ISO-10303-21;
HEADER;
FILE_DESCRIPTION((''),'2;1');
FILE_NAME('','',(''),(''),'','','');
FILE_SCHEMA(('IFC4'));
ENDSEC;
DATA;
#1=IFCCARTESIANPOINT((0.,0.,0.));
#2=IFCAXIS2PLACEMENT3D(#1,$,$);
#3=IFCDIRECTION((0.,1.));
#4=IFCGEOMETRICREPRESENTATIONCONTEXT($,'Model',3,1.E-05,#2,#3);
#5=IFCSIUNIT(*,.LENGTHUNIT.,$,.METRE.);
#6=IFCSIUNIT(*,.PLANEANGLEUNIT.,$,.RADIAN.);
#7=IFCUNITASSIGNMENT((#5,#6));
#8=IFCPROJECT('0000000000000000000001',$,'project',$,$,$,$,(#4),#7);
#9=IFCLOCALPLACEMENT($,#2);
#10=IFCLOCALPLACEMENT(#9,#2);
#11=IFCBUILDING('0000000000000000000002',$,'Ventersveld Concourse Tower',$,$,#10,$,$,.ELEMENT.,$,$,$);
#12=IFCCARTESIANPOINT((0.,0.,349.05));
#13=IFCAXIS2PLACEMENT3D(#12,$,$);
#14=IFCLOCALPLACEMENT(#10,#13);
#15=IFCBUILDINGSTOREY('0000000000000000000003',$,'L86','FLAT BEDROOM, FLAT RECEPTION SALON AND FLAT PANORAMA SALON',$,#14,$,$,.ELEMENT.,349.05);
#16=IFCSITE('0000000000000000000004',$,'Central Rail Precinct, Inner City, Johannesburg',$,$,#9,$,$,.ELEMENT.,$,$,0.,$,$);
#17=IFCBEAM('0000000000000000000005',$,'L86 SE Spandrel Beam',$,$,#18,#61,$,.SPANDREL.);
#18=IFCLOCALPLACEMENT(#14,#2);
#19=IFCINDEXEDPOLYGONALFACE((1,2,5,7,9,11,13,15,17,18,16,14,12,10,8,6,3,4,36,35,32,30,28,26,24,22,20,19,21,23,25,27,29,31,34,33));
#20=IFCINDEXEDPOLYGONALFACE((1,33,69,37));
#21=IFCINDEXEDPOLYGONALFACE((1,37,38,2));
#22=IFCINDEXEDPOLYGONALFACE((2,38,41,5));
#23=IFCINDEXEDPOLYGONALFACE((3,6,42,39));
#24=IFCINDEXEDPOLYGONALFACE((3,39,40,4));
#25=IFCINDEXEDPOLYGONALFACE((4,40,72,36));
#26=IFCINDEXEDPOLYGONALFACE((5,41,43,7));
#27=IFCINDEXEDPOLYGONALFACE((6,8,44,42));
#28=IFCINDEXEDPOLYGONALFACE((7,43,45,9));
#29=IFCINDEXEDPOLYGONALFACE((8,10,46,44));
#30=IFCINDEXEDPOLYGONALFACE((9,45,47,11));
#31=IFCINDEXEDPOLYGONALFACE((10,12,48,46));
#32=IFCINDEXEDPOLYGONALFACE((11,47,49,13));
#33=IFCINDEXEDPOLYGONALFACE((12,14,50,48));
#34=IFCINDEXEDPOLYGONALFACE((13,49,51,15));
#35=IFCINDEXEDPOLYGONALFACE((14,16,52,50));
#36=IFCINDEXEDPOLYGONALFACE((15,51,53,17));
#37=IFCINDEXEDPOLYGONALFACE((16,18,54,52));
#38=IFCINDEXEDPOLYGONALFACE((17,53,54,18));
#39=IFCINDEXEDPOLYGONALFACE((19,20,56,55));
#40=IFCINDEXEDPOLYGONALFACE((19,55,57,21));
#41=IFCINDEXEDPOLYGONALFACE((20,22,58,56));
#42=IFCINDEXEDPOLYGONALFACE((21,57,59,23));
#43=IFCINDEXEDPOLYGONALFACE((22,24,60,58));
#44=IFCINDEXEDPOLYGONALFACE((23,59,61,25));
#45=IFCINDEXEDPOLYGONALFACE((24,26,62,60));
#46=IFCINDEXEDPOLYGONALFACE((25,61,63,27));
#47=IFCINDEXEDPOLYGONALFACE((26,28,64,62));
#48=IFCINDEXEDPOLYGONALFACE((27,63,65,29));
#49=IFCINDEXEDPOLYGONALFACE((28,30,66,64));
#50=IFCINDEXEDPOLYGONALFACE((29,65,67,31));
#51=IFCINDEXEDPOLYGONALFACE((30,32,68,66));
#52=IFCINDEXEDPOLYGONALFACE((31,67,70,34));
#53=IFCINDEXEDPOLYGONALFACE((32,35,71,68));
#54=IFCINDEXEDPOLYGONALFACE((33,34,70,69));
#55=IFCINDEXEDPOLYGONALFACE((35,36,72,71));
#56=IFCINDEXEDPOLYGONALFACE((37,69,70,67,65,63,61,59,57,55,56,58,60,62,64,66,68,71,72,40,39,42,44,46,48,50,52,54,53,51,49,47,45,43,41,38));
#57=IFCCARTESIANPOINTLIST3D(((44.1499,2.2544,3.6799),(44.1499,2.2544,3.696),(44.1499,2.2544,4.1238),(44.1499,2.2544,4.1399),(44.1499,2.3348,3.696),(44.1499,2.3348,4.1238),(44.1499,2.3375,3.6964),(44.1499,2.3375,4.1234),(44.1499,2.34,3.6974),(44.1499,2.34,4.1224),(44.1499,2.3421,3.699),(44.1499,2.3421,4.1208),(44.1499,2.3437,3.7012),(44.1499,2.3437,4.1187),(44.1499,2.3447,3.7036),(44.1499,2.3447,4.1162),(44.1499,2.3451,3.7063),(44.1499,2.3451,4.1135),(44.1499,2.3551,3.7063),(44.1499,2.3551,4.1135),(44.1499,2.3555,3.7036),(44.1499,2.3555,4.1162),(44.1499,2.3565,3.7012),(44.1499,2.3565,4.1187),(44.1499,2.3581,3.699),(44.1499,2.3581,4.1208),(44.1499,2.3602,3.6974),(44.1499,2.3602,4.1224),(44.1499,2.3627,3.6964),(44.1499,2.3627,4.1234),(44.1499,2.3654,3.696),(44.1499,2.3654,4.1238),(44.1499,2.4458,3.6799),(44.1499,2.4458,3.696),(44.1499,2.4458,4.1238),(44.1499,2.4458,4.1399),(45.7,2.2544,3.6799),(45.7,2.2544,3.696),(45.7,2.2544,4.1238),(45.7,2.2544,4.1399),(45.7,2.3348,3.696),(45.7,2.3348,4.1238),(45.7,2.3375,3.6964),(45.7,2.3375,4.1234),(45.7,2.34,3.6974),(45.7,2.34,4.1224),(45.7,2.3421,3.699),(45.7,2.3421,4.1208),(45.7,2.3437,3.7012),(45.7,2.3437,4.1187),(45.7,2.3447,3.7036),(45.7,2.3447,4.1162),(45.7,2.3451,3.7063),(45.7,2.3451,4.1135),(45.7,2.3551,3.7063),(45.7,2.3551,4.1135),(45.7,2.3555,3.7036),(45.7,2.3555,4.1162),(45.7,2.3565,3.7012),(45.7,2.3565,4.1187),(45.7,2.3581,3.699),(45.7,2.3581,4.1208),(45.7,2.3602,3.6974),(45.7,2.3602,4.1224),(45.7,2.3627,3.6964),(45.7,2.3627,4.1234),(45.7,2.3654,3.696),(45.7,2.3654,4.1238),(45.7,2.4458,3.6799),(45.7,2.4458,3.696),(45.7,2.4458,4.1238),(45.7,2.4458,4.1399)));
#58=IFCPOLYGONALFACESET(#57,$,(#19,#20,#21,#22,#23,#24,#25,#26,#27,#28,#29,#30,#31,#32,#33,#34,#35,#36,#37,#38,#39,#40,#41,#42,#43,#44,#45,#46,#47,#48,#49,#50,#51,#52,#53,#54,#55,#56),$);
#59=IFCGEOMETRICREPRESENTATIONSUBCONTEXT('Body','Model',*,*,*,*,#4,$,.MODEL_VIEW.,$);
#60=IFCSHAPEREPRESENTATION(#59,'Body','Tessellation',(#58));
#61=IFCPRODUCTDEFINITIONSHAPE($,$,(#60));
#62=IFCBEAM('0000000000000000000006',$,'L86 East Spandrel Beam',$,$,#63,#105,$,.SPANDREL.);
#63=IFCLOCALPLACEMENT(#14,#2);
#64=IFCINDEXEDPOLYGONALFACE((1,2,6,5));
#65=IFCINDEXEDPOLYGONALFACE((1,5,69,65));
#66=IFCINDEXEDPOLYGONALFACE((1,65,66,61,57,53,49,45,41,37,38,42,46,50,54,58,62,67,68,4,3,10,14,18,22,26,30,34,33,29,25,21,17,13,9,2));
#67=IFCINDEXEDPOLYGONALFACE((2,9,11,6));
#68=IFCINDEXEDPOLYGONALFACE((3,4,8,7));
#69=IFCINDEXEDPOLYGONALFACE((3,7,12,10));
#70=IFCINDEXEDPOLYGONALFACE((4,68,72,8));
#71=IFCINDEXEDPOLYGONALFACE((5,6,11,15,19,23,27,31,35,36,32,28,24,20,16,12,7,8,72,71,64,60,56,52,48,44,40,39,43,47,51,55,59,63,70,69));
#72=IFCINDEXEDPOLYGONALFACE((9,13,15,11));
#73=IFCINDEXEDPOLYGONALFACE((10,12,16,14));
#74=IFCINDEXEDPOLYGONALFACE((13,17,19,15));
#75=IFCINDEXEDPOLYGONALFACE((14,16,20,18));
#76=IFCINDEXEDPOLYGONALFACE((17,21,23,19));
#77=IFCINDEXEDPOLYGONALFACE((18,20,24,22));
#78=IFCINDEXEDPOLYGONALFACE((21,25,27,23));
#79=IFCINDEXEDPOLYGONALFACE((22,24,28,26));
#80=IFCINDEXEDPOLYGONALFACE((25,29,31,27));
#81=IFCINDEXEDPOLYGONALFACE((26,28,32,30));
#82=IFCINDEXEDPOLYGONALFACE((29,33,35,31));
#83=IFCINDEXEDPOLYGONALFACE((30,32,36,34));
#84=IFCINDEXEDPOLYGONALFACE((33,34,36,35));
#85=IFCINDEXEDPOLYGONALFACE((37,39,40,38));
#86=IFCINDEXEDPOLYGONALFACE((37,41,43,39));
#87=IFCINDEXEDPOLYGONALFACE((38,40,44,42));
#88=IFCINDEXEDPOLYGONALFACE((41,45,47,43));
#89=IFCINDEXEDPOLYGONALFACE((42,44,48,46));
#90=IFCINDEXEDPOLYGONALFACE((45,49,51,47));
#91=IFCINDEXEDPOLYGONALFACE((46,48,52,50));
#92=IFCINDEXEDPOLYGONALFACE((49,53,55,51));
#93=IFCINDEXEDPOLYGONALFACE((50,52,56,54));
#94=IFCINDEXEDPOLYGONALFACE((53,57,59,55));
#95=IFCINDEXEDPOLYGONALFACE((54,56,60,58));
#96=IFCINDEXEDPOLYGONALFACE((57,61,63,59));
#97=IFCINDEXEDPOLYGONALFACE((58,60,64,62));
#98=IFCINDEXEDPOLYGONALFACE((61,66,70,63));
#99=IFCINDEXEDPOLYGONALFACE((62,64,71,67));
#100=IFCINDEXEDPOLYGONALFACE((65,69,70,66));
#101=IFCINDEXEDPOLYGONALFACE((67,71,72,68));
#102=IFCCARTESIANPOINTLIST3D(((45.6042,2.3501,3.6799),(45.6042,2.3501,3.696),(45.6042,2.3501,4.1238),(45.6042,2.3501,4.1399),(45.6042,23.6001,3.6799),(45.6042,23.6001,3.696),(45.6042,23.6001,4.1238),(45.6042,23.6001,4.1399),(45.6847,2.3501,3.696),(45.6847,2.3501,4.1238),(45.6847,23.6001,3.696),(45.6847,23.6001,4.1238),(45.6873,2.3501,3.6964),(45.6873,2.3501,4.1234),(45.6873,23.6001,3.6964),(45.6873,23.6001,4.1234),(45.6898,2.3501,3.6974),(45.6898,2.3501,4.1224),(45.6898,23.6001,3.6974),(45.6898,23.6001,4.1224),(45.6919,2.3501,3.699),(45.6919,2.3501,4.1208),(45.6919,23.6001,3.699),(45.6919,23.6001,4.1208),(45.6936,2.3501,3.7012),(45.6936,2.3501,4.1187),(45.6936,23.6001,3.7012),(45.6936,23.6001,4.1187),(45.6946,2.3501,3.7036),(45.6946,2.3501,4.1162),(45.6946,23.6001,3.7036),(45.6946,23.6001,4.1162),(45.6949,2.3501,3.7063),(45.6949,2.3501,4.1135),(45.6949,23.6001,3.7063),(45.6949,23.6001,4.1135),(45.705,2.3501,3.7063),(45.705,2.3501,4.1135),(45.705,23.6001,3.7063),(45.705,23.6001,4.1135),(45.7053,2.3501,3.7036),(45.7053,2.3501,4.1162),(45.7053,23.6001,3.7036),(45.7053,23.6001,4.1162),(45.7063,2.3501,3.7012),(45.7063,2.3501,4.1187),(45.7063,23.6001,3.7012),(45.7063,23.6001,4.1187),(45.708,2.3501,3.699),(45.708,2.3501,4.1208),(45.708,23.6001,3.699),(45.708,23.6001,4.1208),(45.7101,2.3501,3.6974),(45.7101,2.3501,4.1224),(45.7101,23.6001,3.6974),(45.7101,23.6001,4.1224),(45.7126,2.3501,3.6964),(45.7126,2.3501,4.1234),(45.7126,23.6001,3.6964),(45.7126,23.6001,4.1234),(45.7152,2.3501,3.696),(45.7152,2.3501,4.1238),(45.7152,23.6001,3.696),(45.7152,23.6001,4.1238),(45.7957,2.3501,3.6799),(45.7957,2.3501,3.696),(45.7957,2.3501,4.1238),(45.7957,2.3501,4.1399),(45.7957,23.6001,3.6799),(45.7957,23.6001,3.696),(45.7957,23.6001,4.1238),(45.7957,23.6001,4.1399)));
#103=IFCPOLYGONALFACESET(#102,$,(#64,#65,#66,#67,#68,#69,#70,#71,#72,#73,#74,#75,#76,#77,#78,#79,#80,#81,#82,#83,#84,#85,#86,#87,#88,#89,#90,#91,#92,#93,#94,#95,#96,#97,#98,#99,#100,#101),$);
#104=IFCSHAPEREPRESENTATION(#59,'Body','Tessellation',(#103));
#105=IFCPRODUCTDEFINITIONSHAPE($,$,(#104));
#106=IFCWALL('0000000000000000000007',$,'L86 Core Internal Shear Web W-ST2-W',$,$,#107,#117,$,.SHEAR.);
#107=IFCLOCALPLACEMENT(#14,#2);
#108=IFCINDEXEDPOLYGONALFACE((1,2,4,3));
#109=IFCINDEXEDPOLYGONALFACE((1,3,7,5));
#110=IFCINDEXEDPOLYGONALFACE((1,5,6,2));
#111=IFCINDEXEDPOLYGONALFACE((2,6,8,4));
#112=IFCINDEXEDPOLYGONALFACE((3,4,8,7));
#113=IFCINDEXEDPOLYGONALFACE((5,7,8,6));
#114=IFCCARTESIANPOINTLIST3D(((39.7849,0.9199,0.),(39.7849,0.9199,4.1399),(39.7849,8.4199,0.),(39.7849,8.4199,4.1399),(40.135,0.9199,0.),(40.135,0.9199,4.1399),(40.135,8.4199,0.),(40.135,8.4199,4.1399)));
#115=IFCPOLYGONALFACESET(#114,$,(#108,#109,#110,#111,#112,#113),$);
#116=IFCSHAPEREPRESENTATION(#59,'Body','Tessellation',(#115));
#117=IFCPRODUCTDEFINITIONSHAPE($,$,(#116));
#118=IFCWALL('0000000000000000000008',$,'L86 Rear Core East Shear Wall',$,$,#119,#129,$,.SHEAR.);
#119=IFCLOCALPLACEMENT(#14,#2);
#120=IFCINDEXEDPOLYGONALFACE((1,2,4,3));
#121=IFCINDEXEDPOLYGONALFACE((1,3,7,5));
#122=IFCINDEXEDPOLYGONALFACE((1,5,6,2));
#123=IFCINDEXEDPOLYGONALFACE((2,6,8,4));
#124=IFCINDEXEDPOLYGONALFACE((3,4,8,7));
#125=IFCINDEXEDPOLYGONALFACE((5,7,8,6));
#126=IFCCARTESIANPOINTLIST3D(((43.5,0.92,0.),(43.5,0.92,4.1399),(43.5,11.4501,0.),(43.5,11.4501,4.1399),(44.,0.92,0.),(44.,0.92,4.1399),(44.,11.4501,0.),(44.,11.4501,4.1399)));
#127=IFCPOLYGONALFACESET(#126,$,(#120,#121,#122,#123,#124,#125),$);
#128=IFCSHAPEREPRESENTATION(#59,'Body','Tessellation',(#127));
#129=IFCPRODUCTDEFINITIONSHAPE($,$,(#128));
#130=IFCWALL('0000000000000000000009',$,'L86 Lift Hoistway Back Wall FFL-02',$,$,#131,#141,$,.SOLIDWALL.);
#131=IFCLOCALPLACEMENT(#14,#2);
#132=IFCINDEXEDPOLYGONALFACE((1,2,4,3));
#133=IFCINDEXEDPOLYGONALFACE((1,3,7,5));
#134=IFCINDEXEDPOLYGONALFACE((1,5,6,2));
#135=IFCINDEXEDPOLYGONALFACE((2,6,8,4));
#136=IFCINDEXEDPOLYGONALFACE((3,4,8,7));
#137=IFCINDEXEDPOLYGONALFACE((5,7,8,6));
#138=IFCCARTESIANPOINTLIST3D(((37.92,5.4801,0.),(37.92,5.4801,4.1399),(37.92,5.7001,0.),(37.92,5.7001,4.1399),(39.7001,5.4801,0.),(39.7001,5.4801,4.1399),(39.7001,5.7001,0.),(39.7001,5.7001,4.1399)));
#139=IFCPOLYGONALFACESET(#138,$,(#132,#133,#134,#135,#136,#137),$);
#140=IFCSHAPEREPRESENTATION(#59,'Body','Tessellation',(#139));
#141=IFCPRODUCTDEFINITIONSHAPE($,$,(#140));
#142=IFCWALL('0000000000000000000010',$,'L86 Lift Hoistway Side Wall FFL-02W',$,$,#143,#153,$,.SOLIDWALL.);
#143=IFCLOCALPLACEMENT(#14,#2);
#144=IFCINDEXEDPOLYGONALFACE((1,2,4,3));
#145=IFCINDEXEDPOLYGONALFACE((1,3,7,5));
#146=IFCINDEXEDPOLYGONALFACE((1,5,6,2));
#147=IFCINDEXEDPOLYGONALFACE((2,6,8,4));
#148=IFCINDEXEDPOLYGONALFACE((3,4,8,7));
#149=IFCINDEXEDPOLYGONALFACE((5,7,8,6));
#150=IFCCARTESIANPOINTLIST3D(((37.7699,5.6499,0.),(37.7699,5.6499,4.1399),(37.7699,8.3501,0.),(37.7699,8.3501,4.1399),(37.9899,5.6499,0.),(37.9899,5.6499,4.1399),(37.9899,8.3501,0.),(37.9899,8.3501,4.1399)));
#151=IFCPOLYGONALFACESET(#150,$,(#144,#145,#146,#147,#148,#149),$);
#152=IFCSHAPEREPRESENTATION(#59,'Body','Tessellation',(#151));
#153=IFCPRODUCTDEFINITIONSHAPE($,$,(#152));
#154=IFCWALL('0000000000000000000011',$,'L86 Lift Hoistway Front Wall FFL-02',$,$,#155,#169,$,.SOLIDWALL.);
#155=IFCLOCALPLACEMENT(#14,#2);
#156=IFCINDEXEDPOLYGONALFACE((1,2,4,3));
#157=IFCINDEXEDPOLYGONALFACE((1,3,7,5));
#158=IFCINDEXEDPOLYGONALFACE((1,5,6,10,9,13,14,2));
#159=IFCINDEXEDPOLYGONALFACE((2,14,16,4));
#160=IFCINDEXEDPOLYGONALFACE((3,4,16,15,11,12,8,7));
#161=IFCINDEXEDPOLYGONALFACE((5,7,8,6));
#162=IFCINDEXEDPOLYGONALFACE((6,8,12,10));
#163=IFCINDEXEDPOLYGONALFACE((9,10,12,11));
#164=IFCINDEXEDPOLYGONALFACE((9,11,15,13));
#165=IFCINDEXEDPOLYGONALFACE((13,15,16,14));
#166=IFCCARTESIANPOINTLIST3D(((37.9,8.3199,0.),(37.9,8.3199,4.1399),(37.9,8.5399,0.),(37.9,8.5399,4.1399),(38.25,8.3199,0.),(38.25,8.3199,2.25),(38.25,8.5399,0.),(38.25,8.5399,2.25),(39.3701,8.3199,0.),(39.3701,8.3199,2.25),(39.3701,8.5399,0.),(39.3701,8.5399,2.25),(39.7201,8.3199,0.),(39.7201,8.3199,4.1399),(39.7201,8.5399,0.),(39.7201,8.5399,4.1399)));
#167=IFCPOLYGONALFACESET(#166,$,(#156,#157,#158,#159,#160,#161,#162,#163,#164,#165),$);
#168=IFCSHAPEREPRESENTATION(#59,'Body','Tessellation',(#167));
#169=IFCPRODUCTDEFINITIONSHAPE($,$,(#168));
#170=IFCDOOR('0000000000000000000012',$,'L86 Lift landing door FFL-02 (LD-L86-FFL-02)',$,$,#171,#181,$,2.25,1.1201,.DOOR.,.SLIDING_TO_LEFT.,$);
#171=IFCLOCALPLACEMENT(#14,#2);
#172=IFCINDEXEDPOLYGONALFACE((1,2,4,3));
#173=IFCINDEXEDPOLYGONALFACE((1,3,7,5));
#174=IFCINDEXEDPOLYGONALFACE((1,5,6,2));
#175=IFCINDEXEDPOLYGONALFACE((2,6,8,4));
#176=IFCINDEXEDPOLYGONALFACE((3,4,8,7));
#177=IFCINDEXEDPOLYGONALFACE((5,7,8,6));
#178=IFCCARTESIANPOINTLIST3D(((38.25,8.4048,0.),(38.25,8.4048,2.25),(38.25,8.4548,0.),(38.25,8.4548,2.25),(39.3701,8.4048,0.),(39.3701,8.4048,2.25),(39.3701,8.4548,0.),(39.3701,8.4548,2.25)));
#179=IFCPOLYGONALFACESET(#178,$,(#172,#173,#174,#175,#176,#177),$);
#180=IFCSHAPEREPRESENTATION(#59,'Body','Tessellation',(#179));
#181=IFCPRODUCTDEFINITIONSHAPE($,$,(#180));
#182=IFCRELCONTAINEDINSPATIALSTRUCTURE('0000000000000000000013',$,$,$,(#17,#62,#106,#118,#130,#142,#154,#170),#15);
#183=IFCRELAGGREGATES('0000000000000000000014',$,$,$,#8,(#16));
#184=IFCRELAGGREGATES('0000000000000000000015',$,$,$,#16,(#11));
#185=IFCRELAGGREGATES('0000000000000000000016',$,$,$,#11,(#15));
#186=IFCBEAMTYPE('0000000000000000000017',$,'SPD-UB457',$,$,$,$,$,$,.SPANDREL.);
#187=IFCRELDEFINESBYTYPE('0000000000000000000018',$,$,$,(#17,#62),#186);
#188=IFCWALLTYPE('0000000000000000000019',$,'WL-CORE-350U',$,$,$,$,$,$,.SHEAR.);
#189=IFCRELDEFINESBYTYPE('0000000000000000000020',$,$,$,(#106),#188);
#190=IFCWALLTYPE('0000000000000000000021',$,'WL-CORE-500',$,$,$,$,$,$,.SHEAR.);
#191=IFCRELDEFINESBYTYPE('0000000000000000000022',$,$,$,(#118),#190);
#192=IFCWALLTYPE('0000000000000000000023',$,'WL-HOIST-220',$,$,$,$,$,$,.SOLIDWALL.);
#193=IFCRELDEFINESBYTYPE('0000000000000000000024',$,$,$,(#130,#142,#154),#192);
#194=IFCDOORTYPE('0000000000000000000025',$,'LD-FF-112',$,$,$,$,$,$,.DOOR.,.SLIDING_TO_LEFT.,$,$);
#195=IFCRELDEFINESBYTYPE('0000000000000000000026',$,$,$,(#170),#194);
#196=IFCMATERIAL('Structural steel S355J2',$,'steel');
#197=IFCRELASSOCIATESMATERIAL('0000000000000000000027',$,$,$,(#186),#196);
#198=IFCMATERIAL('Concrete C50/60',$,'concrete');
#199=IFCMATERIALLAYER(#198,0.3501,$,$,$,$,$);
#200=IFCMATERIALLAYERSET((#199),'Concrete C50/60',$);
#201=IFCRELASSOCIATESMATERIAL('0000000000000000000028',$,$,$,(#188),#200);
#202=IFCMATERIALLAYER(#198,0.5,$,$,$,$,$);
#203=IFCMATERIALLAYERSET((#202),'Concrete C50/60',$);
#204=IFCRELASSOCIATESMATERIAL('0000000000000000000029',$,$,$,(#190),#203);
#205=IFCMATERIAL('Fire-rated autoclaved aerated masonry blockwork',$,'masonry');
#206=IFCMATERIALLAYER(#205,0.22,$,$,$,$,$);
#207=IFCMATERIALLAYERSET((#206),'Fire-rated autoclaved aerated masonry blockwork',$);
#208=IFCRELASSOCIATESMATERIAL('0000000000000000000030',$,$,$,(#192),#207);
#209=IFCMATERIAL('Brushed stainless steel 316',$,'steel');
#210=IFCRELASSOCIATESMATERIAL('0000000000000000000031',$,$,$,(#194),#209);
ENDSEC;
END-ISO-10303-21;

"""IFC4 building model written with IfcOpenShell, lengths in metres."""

from ifc_helpers import new_model, si_unit, direction, frame, frame_2d, origin, origin_2d, place, context, subcontext, project, spatial, rectangle, i_section, extrude, material, layer, layer_set, material_profile, profile_set, type_object, element, fill, save


model = new_model("IFC4")

# Units and contexts
model_context = context("Model", 3, precision=1e-05, world=origin(), true_north=direction((0.0, 1.0)))
body_context = subcontext(model_context, "Body", "Model", "MODEL_VIEW")
ifc_project = project(units=[si_unit("LENGTHUNIT", "METRE"), si_unit("PLANEANGLEUNIT", "RADIAN")], contexts=[model_context])

# Site, building, storey
site_placement = place(None, origin())
site = spatial("IfcSite", under=ifc_project, at=site_placement, Name="Central Rail Precinct, Inner City, Johannesburg", CompositionType="ELEMENT", RefElevation=0.0)
building_placement = place(site_placement, origin())
building = spatial("IfcBuilding", under=site, at=building_placement, Name="Ventersveld Concourse Tower", CompositionType="ELEMENT")
storey_placement = place(building_placement, frame((0.0, 0.0, 349.05)))
storey = spatial("IfcBuildingStorey", under=building, at=storey_placement, Name="L86", Description="FLAT BEDROOM, FLAT RECEPTION SALON AND FLAT PANORAMA SALON", CompositionType="ELEMENT", Elevation=349.05)

# Shared definitions
ifc_material_1 = material(Name="Concrete C50/60", Category="concrete")

# Shared definitions
ifc_material_2 = material(Name="Structural steel S355J2", Category="steel")

# Beams
ifc_material_profile_1 = material_profile(ifc_material_2, i_section(OverallWidth=0.1914, OverallDepth=0.46, WebThickness=0.01, FlangeThickness=0.0161, FilletRadius=0.0103, at=origin_2d()), Name="UB 457x191x82")
ifc_profile_set_1 = profile_set([ifc_material_profile_1], Name="Structural steel S355J2")
beam_type_1 = type_object("IfcBeamType", Name="SPD-UB457", PredefinedType="SPANDREL", material=ifc_profile_set_1)
beam_1_placement = place(storey_placement, frame((44.1499, 2.3501, 3.9099), z_axis=(1.0, 0.0, 0.0), x_axis=(0.0, 1.0, 0.0)))
element("IfcBeam", 1, at=beam_1_placement, inside=storey, type_object=beam_type_1, Name="L86 SE Spandrel Beam", PredefinedType="SPANDREL", context=body_context, shape_type="SweptSolid", body=[
    extrude(i_section(OverallWidth=0.1914, OverallDepth=0.46, WebThickness=0.01, FlangeThickness=0.0161, FilletRadius=0.0103, at=origin_2d()), origin(), (0.0, 0.0, 1.0), 1.55),
])
beam_2_placement = place(storey_placement, frame((45.7, 2.3501, 3.9099), z_axis=(0.0, 1.0, 0.0), x_axis=(-1.0, 0.0, 0.0)))
element("IfcBeam", 2, at=beam_2_placement, inside=storey, type_object=beam_type_1, Name="L86 East Spandrel Beam", PredefinedType="SPANDREL", context=body_context, shape_type="SweptSolid", body=[
    extrude(i_section(OverallWidth=0.1914, OverallDepth=0.46, WebThickness=0.01, FlangeThickness=0.0161, FilletRadius=0.0103, at=origin_2d()), origin(), (0.0, 0.0, 1.0), 21.25),
])

# Walls
ifc_layer_1 = layer(ifc_material_1, 0.3501)
ifc_layer_set_1 = layer_set([ifc_layer_1], Name="Concrete C50/60")
wall_type_1 = type_object("IfcWallType", Name="WL-CORE-350U", PredefinedType="SHEAR", material=ifc_layer_set_1)
wall_1_placement = place(storey_placement, frame((39.96, 0.9199, 0.0), z_axis=(0.0, 0.0, 1.0), x_axis=(0.0, 1.0, 0.0)))
element("IfcWall", 3, at=wall_1_placement, inside=storey, type_object=wall_type_1, Name="L86 Core Internal Shear Web W-ST2-W", PredefinedType="SHEAR", context=body_context, shape_type="SweptSolid", body=[
    extrude(rectangle(XDim=7.5, YDim=0.3501, at=frame_2d((3.75, 0.0))), origin(), (0.0, 0.0, 1.0), 4.1399),
])
ifc_layer_2 = layer(ifc_material_1, 0.5)
ifc_layer_set_2 = layer_set([ifc_layer_2], Name="Concrete C50/60")
wall_type_2 = type_object("IfcWallType", Name="WL-CORE-500", PredefinedType="SHEAR", material=ifc_layer_set_2)
wall_2_placement = place(storey_placement, frame((43.75, 0.9199, 0.0), z_axis=(0.0, 0.0, 1.0), x_axis=(0.0, 1.0, 0.0)))
element("IfcWall", 4, at=wall_2_placement, inside=storey, type_object=wall_type_2, Name="L86 Rear Core East Shear Wall", PredefinedType="SHEAR", context=body_context, shape_type="SweptSolid", body=[
    extrude(rectangle(XDim=10.53, YDim=0.5, at=frame_2d((5.2651, 0.0))), origin(), (0.0, 0.0, 1.0), 4.1399),
])
ifc_material_3 = material(Name="Fire-rated autoclaved aerated masonry blockwork", Category="masonry")
ifc_layer_3 = layer(ifc_material_3, 0.22)
ifc_layer_set_3 = layer_set([ifc_layer_3], Name="Fire-rated autoclaved aerated masonry blockwork")
wall_type_3 = type_object("IfcWallType", Name="WL-HOIST-220", PredefinedType="SOLIDWALL", material=ifc_layer_set_3)
wall_3_placement = place(storey_placement, frame((37.9199, 5.5901, 0.0), z_axis=(0.0, 0.0, 1.0), x_axis=(1.0, 0.0, 0.0)))
element("IfcWall", 5, at=wall_3_placement, inside=storey, type_object=wall_type_3, Name="L86 Lift Hoistway Back Wall FFL-02", PredefinedType="SOLIDWALL", context=body_context, shape_type="SweptSolid", body=[
    extrude(rectangle(XDim=1.78, YDim=0.22, at=frame_2d((0.8901, 0.0))), origin(), (0.0, 0.0, 1.0), 4.1399),
])
wall_4_placement = place(storey_placement, frame((37.8799, 5.6499, 0.0), z_axis=(0.0, 0.0, 1.0), x_axis=(0.0, 1.0, 0.0)))
element("IfcWall", 6, at=wall_4_placement, inside=storey, type_object=wall_type_3, Name="L86 Lift Hoistway Side Wall FFL-02W", PredefinedType="SOLIDWALL", context=body_context, shape_type="SweptSolid", body=[
    extrude(rectangle(XDim=2.7002, YDim=0.22, at=frame_2d((1.3501, 0.0))), origin(), (0.0, 0.0, 1.0), 4.1399),
])

# Wall, opening, door
wall_5_placement = place(storey_placement, frame((37.8999, 8.4299, 0.0), z_axis=(0.0, 0.0, 1.0), x_axis=(1.0, 0.0, 0.0)))
wall_5 = element("IfcWall", 7, at=wall_5_placement, inside=storey, type_object=wall_type_3, Name="L86 Lift Hoistway Front Wall FFL-02", PredefinedType="SOLIDWALL", context=body_context, shape_type="SweptSolid", body=[
    extrude(rectangle(XDim=1.8201, YDim=0.22, at=frame_2d((0.9102, 0.0))), origin(), (0.0, 0.0, 1.0), 4.1399),
])
opening_1_placement = place(wall_5_placement, frame((0.3501, 0.0, 0.0)))
opening_1 = element("IfcOpeningElement", 8, at=opening_1_placement, cuts=wall_5, PredefinedType="OPENING", context=body_context, shape_type="SweptSolid", body=[
    extrude(rectangle(XDim=1.1201, YDim=2.25, at=frame_2d((0.5601, 1.125))), frame((0.0, 0.1201, 0.0), z_axis=(0.0, -1.0, 0.0), x_axis=(1.0, 0.0, 0.0)), (0.0, 0.0, 1.0), 0.24),
])
ifc_material_4 = material(Name="Brushed stainless steel 316", Category="steel")
door_type = type_object("IfcDoorType", Name="LD-FF-112", OperationType="SLIDING_TO_LEFT", PredefinedType="DOOR", material=ifc_material_4)
door_placement = place(opening_1_placement, origin())
door = element("IfcDoor", 9, at=door_placement, inside=storey, type_object=door_type, Name="L86 Lift landing door FFL-02 (LD-L86-FFL-02)", OperationType="SLIDING_TO_LEFT", OverallHeight=2.25, OverallWidth=1.1201, PredefinedType="DOOR", context=body_context, shape_type="SweptSolid", body=[
    extrude(rectangle(XDim=1.1201, YDim=2.25, at=frame_2d((0.5601, 1.125))), frame((0.0, 0.0249, 0.0), z_axis=(0.0, -1.0, 0.0), x_axis=(1.0, 0.0, 0.0)), (0.0, 0.0, 1.0), 0.05),
])
fill(opening_1, door)

save(model, "model.ifc")
